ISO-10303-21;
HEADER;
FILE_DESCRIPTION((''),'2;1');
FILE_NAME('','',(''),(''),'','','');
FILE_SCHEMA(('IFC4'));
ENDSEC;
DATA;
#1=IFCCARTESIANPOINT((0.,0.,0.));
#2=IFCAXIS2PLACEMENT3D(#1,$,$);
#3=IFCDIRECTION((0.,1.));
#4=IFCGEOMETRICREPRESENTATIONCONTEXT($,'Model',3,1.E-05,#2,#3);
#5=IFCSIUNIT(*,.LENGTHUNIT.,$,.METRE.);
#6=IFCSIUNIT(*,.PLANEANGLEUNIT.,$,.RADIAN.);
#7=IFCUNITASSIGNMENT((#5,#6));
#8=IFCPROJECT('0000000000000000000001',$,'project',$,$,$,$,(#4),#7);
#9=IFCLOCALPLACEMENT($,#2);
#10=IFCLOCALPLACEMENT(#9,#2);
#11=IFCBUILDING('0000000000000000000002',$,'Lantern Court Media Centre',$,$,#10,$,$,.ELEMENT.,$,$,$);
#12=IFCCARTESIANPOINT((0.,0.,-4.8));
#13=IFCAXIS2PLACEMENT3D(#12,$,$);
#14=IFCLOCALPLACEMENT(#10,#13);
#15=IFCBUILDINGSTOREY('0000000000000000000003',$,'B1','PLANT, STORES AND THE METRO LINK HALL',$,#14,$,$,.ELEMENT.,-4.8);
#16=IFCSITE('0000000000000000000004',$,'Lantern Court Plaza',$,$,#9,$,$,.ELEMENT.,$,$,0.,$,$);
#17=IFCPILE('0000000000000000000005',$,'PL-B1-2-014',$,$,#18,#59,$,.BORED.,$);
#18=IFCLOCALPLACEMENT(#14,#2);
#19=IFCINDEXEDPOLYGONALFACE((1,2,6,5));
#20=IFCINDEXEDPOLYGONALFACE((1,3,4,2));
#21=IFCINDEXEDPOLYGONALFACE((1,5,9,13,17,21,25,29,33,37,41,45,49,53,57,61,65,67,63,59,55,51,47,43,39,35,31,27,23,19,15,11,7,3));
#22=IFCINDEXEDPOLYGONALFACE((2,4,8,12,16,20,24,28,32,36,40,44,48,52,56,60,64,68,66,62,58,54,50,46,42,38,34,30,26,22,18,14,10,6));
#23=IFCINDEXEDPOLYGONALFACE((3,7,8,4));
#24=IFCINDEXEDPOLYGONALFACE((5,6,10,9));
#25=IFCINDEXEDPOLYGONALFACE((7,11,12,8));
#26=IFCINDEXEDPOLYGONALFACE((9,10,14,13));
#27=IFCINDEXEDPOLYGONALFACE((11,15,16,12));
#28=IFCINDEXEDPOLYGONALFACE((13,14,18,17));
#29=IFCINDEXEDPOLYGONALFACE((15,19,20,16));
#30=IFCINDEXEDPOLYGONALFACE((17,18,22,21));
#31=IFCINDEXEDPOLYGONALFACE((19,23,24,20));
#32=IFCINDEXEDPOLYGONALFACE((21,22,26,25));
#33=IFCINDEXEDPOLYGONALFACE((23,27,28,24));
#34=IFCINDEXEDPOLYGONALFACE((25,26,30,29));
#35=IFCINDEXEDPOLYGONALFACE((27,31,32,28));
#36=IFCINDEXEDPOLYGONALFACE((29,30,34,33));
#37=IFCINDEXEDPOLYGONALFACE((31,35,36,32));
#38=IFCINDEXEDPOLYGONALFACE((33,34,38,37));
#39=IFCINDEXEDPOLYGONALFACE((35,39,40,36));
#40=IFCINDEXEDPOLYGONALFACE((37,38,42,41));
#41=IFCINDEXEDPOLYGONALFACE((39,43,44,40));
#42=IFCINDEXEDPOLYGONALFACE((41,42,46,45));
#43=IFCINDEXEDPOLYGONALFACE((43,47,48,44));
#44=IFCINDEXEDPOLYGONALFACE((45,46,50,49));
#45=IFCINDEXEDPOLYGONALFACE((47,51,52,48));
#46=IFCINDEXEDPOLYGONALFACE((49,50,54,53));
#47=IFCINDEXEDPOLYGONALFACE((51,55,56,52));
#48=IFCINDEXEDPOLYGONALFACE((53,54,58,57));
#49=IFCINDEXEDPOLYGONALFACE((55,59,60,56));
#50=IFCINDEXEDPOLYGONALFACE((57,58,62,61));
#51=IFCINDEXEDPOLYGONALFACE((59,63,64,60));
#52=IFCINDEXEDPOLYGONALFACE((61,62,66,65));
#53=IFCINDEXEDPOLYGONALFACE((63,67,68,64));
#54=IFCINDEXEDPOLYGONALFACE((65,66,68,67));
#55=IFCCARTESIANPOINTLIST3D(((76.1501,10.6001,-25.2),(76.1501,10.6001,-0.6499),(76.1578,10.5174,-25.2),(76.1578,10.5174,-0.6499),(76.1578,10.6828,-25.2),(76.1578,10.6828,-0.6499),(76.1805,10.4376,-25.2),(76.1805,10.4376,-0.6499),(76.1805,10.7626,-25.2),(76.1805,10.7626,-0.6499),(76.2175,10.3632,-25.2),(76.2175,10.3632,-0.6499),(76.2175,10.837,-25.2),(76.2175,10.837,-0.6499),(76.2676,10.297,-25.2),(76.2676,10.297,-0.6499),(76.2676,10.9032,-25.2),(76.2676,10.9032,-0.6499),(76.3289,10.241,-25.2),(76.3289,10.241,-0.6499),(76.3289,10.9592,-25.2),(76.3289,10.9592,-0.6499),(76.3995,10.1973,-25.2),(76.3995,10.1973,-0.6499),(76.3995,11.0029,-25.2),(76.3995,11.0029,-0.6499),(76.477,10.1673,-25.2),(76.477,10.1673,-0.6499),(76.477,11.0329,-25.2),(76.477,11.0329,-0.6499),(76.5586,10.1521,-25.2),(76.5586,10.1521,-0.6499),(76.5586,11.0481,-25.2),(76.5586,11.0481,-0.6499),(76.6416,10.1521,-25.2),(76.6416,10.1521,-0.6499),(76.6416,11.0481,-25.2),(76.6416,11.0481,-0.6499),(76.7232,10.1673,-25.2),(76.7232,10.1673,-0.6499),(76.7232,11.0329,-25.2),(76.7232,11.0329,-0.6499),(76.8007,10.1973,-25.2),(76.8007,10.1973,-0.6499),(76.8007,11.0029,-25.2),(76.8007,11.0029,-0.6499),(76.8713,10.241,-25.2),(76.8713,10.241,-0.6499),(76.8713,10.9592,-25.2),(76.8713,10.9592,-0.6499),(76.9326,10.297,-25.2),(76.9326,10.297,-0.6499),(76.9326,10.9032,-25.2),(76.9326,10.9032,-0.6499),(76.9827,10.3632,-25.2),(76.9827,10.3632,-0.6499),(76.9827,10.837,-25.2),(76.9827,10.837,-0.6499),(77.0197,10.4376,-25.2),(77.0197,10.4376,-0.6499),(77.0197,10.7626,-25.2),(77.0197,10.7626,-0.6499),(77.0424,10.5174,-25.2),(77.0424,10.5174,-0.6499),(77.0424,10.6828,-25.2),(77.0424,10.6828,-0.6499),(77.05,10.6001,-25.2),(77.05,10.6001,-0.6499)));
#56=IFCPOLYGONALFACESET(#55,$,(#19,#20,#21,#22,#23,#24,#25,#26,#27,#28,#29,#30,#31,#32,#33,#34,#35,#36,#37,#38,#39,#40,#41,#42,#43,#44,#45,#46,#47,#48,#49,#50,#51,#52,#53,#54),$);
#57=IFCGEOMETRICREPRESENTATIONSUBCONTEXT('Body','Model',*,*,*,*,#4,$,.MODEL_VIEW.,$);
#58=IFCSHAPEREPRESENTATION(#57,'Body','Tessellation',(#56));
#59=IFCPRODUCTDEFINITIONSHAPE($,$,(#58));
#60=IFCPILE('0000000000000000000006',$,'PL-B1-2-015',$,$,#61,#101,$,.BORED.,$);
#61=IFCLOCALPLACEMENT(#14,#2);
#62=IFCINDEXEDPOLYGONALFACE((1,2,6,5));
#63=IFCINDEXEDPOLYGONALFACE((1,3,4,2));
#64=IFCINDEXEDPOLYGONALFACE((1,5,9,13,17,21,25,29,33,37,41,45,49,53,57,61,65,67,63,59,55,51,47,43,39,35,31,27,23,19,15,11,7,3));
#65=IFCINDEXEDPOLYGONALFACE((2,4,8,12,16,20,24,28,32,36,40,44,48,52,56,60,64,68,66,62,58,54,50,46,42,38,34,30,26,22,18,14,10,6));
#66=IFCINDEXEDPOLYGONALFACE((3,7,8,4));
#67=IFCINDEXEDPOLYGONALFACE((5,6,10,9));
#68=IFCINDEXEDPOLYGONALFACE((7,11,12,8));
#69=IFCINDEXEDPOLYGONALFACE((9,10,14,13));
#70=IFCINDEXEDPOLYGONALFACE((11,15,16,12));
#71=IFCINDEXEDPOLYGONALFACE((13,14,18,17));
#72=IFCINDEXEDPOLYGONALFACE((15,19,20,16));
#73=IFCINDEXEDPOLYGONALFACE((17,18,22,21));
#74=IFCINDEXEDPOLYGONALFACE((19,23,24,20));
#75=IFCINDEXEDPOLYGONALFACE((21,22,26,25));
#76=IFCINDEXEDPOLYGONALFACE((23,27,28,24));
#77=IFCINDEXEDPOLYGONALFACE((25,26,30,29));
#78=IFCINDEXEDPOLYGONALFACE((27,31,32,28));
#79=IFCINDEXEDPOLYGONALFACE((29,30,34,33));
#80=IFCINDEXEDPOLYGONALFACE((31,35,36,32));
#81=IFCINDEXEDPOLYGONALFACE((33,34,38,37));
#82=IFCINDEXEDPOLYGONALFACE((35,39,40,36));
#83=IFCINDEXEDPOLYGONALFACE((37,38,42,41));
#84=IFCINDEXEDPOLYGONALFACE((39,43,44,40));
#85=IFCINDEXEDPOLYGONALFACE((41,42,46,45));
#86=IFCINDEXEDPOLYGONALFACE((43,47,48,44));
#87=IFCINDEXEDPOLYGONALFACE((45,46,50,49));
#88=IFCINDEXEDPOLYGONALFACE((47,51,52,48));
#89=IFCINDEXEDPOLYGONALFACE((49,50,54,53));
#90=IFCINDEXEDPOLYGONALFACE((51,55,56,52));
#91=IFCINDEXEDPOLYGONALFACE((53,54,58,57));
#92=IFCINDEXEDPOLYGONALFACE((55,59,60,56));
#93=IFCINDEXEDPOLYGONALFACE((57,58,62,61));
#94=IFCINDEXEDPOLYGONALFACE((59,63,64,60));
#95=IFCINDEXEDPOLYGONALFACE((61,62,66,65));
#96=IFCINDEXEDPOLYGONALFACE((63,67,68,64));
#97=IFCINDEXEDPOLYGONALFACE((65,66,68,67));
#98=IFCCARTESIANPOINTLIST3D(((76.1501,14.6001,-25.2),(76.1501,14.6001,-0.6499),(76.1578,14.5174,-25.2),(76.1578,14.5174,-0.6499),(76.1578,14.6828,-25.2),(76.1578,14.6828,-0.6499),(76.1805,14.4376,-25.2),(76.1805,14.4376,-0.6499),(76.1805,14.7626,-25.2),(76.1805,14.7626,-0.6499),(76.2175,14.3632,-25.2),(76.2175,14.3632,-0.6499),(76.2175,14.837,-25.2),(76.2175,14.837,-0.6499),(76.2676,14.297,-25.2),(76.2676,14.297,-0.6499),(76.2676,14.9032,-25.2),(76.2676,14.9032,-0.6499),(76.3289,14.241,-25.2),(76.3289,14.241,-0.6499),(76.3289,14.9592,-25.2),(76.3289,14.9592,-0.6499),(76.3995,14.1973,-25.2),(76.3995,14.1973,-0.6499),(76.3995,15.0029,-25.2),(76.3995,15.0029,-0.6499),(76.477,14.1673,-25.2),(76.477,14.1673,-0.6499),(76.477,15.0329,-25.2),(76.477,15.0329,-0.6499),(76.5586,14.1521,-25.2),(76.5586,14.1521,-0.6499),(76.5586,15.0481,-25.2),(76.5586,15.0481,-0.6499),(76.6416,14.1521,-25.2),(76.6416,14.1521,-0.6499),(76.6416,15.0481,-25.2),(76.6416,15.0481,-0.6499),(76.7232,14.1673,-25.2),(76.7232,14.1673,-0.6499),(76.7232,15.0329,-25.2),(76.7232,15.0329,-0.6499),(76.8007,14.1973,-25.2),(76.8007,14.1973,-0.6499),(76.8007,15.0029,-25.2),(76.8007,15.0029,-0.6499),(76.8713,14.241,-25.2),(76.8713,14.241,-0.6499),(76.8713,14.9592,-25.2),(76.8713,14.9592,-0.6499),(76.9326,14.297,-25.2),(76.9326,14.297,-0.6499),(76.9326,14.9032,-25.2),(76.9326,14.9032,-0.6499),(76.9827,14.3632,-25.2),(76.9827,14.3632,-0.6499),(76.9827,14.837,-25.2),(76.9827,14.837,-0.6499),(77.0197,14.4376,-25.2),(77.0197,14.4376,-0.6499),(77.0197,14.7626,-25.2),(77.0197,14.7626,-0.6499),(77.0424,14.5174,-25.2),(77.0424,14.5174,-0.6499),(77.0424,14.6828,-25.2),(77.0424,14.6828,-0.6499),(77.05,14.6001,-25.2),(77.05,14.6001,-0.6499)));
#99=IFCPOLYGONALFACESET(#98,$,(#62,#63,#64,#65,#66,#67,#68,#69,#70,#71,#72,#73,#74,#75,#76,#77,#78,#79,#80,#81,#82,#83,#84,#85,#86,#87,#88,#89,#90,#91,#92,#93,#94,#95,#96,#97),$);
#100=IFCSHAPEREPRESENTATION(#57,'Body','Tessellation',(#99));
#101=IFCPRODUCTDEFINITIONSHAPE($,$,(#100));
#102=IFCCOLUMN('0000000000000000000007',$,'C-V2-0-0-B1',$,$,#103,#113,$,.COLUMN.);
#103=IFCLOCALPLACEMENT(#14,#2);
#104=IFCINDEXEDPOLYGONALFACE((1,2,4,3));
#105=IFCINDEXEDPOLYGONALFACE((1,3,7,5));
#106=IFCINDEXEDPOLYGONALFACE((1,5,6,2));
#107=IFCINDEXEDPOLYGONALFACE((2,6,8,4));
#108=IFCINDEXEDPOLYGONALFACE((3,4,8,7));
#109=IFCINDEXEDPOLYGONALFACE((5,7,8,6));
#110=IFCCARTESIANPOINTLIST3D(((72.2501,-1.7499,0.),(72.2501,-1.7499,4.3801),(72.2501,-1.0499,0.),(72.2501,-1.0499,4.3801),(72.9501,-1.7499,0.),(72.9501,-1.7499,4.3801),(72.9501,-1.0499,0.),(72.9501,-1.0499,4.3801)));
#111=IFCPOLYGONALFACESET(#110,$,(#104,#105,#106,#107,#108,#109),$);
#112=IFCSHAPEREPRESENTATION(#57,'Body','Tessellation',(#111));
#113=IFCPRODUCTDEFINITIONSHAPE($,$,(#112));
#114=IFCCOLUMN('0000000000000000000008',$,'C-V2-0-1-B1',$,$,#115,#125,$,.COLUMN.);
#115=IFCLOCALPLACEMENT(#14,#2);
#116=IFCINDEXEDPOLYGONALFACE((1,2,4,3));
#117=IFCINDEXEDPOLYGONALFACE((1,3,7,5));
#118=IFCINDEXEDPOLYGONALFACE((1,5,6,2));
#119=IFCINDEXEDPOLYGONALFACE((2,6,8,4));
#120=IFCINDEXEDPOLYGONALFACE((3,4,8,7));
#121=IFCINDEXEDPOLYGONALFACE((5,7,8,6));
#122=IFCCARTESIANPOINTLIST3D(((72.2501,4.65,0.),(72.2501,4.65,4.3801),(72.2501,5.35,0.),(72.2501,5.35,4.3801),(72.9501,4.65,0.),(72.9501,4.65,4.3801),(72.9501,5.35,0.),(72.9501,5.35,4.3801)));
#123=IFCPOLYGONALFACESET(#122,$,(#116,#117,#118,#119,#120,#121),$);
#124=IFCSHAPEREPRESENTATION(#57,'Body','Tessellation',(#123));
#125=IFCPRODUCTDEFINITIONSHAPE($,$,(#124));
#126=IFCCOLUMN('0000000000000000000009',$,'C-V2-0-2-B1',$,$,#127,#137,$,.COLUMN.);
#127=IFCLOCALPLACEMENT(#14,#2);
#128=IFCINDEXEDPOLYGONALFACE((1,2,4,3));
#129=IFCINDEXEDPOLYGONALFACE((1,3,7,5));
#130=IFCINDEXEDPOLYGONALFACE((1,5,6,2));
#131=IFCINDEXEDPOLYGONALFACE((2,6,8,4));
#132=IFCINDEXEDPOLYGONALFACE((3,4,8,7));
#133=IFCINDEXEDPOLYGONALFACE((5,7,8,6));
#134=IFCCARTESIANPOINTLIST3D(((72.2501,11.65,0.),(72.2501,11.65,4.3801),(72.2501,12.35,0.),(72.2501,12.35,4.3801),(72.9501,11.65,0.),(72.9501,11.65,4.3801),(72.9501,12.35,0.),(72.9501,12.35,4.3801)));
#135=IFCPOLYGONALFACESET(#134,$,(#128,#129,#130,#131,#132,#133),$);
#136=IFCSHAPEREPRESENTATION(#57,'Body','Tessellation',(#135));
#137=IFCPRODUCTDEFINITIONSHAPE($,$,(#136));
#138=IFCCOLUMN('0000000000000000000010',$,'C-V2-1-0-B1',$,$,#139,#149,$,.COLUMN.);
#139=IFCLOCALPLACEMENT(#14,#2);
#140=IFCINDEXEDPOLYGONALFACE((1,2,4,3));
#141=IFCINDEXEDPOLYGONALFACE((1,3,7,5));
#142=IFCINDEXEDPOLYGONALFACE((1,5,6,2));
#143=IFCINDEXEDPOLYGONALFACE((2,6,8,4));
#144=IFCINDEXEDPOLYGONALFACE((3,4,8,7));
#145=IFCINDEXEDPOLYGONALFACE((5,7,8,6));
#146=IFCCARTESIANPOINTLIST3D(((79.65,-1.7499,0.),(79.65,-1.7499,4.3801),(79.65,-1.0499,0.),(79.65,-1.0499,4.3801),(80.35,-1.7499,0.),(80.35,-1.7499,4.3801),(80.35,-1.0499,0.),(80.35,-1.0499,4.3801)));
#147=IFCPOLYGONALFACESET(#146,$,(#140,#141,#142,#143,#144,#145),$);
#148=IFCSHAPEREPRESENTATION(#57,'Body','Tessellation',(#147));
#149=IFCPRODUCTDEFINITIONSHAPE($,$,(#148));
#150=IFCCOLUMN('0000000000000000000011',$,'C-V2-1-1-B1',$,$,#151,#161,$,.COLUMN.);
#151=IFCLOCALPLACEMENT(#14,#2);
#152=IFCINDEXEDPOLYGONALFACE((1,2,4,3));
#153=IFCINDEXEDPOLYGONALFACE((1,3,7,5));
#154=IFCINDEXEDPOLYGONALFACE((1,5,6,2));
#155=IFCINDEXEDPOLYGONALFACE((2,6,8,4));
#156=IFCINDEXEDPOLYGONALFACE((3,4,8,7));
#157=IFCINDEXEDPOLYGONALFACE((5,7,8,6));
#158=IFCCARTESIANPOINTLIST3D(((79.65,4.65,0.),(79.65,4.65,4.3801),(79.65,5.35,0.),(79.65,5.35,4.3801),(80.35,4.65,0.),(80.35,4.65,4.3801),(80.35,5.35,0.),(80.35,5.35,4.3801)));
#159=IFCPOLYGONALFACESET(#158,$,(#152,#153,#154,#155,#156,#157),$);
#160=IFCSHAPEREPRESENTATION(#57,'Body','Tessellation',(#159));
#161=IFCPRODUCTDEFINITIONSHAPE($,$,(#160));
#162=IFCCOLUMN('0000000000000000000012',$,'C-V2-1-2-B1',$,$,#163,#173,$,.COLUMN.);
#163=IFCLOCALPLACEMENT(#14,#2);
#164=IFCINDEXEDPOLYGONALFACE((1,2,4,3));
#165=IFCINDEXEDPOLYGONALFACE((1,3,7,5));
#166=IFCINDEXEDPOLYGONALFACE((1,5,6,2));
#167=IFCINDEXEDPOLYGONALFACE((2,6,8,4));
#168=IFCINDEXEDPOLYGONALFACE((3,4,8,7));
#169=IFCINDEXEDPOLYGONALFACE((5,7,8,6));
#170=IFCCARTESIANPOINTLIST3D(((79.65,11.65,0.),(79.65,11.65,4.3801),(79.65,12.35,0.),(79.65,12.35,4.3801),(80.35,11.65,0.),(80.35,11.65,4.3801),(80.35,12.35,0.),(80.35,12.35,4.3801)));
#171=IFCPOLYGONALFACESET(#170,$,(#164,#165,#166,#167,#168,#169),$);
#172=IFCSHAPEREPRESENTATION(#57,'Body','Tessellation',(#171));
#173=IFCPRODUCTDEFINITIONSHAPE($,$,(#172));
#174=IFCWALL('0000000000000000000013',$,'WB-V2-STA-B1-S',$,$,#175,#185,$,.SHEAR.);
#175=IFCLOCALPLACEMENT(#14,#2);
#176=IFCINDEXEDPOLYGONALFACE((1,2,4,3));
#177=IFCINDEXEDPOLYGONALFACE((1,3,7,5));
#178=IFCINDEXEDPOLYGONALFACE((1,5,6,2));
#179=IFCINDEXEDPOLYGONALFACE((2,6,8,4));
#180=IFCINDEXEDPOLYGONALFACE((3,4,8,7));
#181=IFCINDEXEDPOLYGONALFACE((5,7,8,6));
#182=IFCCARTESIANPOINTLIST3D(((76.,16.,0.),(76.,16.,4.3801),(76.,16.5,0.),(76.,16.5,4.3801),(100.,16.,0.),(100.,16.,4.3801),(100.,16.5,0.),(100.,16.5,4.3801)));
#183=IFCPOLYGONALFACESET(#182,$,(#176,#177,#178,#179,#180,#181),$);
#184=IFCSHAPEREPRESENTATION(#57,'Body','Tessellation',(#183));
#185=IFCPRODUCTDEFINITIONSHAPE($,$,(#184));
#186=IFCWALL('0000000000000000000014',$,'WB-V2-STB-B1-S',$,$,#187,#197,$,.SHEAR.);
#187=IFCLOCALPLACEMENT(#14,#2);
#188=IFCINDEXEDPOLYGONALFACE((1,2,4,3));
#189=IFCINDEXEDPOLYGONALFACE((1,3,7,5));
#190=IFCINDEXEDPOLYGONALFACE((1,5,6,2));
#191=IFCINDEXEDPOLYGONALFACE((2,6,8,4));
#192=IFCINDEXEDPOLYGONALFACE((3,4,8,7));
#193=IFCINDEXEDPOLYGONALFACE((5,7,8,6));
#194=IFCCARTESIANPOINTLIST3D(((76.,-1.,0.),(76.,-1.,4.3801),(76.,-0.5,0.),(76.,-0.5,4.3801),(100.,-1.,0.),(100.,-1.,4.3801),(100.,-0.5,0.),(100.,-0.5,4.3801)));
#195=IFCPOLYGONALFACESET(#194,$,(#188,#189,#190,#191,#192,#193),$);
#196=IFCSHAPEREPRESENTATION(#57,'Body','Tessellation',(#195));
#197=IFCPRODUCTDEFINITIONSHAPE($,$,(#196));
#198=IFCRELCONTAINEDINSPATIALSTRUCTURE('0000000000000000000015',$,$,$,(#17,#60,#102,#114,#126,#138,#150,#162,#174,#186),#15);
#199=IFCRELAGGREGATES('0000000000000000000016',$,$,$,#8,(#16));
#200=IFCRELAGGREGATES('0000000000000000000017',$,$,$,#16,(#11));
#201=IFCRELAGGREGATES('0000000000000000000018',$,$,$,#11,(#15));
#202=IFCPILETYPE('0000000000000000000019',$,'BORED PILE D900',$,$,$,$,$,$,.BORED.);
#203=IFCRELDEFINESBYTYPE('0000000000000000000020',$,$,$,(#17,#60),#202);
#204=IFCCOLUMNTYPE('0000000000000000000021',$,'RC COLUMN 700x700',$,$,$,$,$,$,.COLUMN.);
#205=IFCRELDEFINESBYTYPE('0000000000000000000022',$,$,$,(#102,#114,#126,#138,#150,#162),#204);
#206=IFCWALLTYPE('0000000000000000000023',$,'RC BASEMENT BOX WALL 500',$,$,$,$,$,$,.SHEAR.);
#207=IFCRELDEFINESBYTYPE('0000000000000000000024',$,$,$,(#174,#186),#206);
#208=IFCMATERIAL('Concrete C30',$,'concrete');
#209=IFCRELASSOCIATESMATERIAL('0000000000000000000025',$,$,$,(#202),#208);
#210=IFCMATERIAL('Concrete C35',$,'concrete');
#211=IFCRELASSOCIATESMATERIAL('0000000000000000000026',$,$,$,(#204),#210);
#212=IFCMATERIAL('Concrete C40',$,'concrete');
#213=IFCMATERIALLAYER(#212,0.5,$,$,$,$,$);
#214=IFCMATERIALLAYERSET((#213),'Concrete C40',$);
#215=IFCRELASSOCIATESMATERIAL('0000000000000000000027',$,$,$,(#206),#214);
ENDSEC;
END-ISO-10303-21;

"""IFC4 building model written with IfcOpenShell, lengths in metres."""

from ifc_helpers import new_model, si_unit, direction, frame, frame_2d, origin, origin_2d, place, context, subcontext, project, spatial, rectangle, circle, extrude, material, layer, layer_set, material_profile, profile_set, type_object, element, save


model = new_model("IFC4")

# Units and contexts
model_context = context("Model", 3, precision=1e-05, world=origin(), true_north=direction((0.0, 1.0)))
body_context = subcontext(model_context, "Body", "Model", "MODEL_VIEW")
ifc_project = project(units=[si_unit("LENGTHUNIT", "METRE"), si_unit("PLANEANGLEUNIT", "RADIAN")], contexts=[model_context])

# Site, building, storey
site_placement = place(None, origin())
site = spatial("IfcSite", under=ifc_project, at=site_placement, Name="Lantern Court Plaza", CompositionType="ELEMENT", RefElevation=0.0)
building_placement = place(site_placement, origin())
building = spatial("IfcBuilding", under=site, at=building_placement, Name="Lantern Court Media Centre", CompositionType="ELEMENT")
storey_placement = place(building_placement, frame((0.0, 0.0, -4.8)))
storey = spatial("IfcBuildingStorey", under=building, at=storey_placement, Name="B1", Description="PLANT, STORES AND THE METRO LINK HALL", CompositionType="ELEMENT", Elevation=-4.8)

# Piles
ifc_material_1 = material(Name="Concrete C30", Category="concrete")
ifc_material_profile_1 = material_profile(ifc_material_1, circle(Radius=0.45, at=origin_2d()), Name="D900")
ifc_profile_set_1 = profile_set([ifc_material_profile_1], Name="Concrete C30")
pile_type = type_object("IfcPileType", Name="BORED PILE D900", PredefinedType="BORED", material=ifc_profile_set_1)
for number, where, z_axis, x_axis, name in (
    (1, (76.6001, 10.6001, -0.6499), (0.0, 0.0, -1.0), (1.0, 0.0, 0.0), "PL-B1-2-014"),
    (2, (76.6001, 14.6001, -0.6499), (0.0, 0.0, -1.0), (1.0, 0.0, 0.0), "PL-B1-2-015"),
):
    element("IfcPile", number, at=place(storey_placement, frame(where, z_axis=z_axis, x_axis=x_axis)), inside=storey, type_object=pile_type, Name=name, PredefinedType="BORED", context=body_context, shape_type="SweptSolid", body=[
        extrude(circle(Radius=0.45, at=origin_2d()), origin(), (0.0, 0.0, 1.0), 24.55),
    ])

# Columns
ifc_material_2 = material(Name="Concrete C35", Category="concrete")
ifc_material_profile_2 = material_profile(ifc_material_2, rectangle(XDim=0.7, YDim=0.7, at=origin_2d()), Name="RC 700x700")
ifc_profile_set_2 = profile_set([ifc_material_profile_2], Name="Concrete C35")
column_type = type_object("IfcColumnType", Name="RC COLUMN 700x700", PredefinedType="COLUMN", material=ifc_profile_set_2)
for number, where, z_axis, x_axis, name in (
    (3, (72.6001, -1.3999, 0.0), (0.0, 0.0, 1.0), (1.0, 0.0, 0.0), "C-V2-0-0-B1"),
    (4, (72.6001, 5.0, 0.0), (0.0, 0.0, 1.0), (1.0, 0.0, 0.0), "C-V2-0-1-B1"),
    (5, (72.6001, 12.0, 0.0), (0.0, 0.0, 1.0), (1.0, 0.0, 0.0), "C-V2-0-2-B1"),
    (6, (80.0, -1.3999, 0.0), (0.0, 0.0, 1.0), (1.0, 0.0, 0.0), "C-V2-1-0-B1"),
    (7, (80.0, 5.0, 0.0), (0.0, 0.0, 1.0), (1.0, 0.0, 0.0), "C-V2-1-1-B1"),
    (8, (80.0, 12.0, 0.0), (0.0, 0.0, 1.0), (1.0, 0.0, 0.0), "C-V2-1-2-B1"),
):
    element("IfcColumn", number, at=place(storey_placement, frame(where, z_axis=z_axis, x_axis=x_axis)), inside=storey, type_object=column_type, Name=name, PredefinedType="COLUMN", context=body_context, shape_type="SweptSolid", body=[
        extrude(rectangle(XDim=0.7, YDim=0.7, at=origin_2d()), origin(), (0.0, 0.0, 1.0), 4.3801),
    ])

# Walls
ifc_material_3 = material(Name="Concrete C40", Category="concrete")
ifc_layer_1 = layer(ifc_material_3, 0.5)
ifc_layer_set_1 = layer_set([ifc_layer_1], Name="Concrete C40")
wall_type_1 = type_object("IfcWallType", Name="RC BASEMENT BOX WALL 500", PredefinedType="SHEAR", material=ifc_layer_set_1)
for number, where, z_axis, x_axis, name in (
    (9, (76.0, 16.25, 0.0), (0.0, 0.0, 1.0), (1.0, 0.0, 0.0), "WB-V2-STA-B1-S"),
    (10, (76.0, -0.75, 0.0), (0.0, 0.0, 1.0), (1.0, 0.0, 0.0), "WB-V2-STB-B1-S"),
):
    element("IfcWall", number, at=place(storey_placement, frame(where, z_axis=z_axis, x_axis=x_axis)), inside=storey, type_object=wall_type_1, Name=name, PredefinedType="SHEAR", context=body_context, shape_type="SweptSolid", body=[
        extrude(rectangle(XDim=24.0, YDim=0.5, at=frame_2d((12.0, 0.0))), origin(), (0.0, 0.0, 1.0), 4.3801),
    ])

save(model, "model.ifc")
